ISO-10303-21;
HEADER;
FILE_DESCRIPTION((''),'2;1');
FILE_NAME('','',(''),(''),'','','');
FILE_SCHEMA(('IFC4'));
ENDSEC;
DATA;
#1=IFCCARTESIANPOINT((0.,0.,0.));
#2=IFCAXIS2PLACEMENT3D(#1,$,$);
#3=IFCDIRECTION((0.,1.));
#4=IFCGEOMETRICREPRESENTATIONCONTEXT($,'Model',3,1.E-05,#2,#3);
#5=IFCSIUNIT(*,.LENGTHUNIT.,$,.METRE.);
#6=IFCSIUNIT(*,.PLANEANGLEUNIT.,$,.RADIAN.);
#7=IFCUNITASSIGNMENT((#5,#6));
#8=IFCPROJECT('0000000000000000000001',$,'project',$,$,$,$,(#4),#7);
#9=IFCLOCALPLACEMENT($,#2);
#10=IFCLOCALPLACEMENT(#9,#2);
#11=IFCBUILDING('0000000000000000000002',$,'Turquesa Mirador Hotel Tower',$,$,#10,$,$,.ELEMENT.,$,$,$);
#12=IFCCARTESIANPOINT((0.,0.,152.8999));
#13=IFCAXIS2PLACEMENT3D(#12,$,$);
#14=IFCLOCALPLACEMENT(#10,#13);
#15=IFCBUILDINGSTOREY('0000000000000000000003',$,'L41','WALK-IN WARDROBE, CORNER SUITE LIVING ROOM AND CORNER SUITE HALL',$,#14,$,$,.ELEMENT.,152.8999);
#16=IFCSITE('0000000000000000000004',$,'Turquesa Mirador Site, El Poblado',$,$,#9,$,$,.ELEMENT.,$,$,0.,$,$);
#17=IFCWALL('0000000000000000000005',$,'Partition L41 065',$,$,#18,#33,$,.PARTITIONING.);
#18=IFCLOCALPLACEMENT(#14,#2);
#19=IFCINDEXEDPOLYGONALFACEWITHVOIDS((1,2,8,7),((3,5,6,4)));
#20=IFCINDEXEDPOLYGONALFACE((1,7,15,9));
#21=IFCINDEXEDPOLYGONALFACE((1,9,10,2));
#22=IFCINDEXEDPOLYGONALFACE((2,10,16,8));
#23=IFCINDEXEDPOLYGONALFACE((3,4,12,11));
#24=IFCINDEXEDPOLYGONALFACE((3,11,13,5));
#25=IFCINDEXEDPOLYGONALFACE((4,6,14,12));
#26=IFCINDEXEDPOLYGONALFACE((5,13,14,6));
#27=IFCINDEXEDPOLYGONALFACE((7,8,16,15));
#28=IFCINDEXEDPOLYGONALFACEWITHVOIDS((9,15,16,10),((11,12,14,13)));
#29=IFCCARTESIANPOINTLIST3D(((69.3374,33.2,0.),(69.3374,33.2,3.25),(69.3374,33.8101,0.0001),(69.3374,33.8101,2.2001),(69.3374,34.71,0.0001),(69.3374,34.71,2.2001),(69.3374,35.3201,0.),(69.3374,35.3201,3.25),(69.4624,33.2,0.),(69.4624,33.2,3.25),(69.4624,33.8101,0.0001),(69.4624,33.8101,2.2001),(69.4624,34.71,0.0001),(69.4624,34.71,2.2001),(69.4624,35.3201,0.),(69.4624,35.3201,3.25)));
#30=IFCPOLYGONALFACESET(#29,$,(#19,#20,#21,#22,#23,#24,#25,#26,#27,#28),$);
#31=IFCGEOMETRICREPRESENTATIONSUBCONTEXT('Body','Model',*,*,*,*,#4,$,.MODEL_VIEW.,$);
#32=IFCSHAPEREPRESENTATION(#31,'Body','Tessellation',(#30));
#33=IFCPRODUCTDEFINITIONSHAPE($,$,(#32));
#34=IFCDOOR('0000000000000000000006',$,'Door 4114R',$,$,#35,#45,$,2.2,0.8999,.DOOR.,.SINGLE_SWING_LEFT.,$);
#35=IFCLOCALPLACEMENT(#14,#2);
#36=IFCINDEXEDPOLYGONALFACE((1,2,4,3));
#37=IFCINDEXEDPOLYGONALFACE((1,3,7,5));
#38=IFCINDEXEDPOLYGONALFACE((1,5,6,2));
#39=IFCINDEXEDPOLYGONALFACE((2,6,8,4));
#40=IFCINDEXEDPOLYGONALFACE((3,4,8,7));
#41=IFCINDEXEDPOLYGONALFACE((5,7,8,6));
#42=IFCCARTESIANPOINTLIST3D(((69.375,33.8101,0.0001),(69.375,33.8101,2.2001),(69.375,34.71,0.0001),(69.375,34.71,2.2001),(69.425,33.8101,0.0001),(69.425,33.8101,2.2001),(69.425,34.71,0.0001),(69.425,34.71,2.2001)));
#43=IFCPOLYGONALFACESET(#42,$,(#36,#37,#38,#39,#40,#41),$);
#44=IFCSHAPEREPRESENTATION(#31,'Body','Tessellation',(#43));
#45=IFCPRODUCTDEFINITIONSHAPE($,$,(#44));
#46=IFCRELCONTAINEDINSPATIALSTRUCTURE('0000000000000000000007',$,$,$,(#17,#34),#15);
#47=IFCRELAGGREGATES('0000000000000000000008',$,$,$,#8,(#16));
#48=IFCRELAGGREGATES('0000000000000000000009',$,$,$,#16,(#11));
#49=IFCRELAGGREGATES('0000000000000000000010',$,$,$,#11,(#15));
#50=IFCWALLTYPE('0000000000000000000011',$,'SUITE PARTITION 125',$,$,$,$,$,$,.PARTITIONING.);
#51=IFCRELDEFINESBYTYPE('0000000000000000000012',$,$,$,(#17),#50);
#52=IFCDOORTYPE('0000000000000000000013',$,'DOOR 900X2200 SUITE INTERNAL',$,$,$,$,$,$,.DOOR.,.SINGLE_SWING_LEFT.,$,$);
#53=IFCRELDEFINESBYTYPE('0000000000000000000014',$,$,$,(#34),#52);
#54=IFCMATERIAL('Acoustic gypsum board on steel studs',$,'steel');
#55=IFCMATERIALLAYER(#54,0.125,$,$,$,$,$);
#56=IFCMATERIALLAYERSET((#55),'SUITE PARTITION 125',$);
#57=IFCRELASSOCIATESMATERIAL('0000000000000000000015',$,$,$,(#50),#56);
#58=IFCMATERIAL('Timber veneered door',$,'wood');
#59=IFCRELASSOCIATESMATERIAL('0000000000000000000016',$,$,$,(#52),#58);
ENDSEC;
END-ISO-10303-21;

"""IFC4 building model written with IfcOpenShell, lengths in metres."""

from ifc_helpers import new_model, si_unit, direction, frame, frame_2d, origin, place, context, subcontext, project, spatial, rectangle, extrude, material, layer, layer_set, type_object, element, fill, save


model = new_model("IFC4")

# Units and contexts
model_context = context("Model", 3, precision=1e-05, world=origin(), true_north=direction((0.0, 1.0)))
body_context = subcontext(model_context, "Body", "Model", "MODEL_VIEW")
ifc_project = project(units=[si_unit("LENGTHUNIT", "METRE"), si_unit("PLANEANGLEUNIT", "RADIAN")], contexts=[model_context])

# Site, building, storey
site_placement = place(None, origin())
site = spatial("IfcSite", under=ifc_project, at=site_placement, Name="Turquesa Mirador Site, El Poblado", CompositionType="ELEMENT", RefElevation=0.0)
building_placement = place(site_placement, origin())
building = spatial("IfcBuilding", under=site, at=building_placement, Name="Turquesa Mirador Hotel Tower", CompositionType="ELEMENT")
storey_placement = place(building_placement, frame((0.0, 0.0, 152.8999)))
storey = spatial("IfcBuildingStorey", under=building, at=storey_placement, Name="L41", Description="WALK-IN WARDROBE, CORNER SUITE LIVING ROOM AND CORNER SUITE HALL", CompositionType="ELEMENT", Elevation=152.8999)

# Wall, opening, door
ifc_material_1 = material(Name="Acoustic gypsum board on steel studs", Category="steel")
ifc_layer_1 = layer(ifc_material_1, 0.125)
ifc_layer_set_1 = layer_set([ifc_layer_1], Name="SUITE PARTITION 125")
wall_type_1 = type_object("IfcWallType", Name="SUITE PARTITION 125", PredefinedType="PARTITIONING", material=ifc_layer_set_1)
wall_1_placement = place(storey_placement, frame((69.3999, 33.2, 0.0), z_axis=(0.0, 0.0, 1.0), x_axis=(0.0, 1.0, 0.0)))
wall_1 = element("IfcWall", 1, at=wall_1_placement, inside=storey, type_object=wall_type_1, Name="Partition L41 065", PredefinedType="PARTITIONING", context=body_context, shape_type="SweptSolid", body=[
    extrude(rectangle(XDim=2.1201, YDim=0.125, at=frame_2d((1.0601, 0.0))), origin(), (0.0, 0.0, 1.0), 3.25),
])
opening_1_placement = place(wall_1_placement, frame((0.6101, 0.0, 0.0)))
opening_1 = element("IfcOpeningElement", 2, at=opening_1_placement, cuts=wall_1, PredefinedType="OPENING", context=body_context, shape_type="SweptSolid", body=[
    extrude(rectangle(XDim=0.8999, YDim=2.2, at=frame_2d((0.45, 1.1001))), frame((0.0, 0.0725, 0.0), z_axis=(0.0, -1.0, 0.0), x_axis=(1.0, 0.0, 0.0)), (0.0, 0.0, 1.0), 0.145),
])
ifc_material_2 = material(Name="Timber veneered door", Category="wood")
door_type_1 = type_object("IfcDoorType", Name="DOOR 900X2200 SUITE INTERNAL", OperationType="SINGLE_SWING_LEFT", PredefinedType="DOOR", material=ifc_material_2)
door_1_placement = place(opening_1_placement, origin())
door_1 = element("IfcDoor", 3, at=door_1_placement, inside=storey, type_object=door_type_1, Name="Door 4114R", OperationType="SINGLE_SWING_LEFT", OverallHeight=2.2, OverallWidth=0.8999, PredefinedType="DOOR", context=body_context, shape_type="SweptSolid", body=[
    extrude(rectangle(XDim=0.8999, YDim=2.2, at=frame_2d((0.45, 1.1001))), frame((0.0, 0.0249, 0.0), z_axis=(0.0, -1.0, 0.0), x_axis=(1.0, 0.0, 0.0)), (0.0, 0.0, 1.0), 0.05),
])
fill(opening_1, door_1)

save(model, "model.ifc")
